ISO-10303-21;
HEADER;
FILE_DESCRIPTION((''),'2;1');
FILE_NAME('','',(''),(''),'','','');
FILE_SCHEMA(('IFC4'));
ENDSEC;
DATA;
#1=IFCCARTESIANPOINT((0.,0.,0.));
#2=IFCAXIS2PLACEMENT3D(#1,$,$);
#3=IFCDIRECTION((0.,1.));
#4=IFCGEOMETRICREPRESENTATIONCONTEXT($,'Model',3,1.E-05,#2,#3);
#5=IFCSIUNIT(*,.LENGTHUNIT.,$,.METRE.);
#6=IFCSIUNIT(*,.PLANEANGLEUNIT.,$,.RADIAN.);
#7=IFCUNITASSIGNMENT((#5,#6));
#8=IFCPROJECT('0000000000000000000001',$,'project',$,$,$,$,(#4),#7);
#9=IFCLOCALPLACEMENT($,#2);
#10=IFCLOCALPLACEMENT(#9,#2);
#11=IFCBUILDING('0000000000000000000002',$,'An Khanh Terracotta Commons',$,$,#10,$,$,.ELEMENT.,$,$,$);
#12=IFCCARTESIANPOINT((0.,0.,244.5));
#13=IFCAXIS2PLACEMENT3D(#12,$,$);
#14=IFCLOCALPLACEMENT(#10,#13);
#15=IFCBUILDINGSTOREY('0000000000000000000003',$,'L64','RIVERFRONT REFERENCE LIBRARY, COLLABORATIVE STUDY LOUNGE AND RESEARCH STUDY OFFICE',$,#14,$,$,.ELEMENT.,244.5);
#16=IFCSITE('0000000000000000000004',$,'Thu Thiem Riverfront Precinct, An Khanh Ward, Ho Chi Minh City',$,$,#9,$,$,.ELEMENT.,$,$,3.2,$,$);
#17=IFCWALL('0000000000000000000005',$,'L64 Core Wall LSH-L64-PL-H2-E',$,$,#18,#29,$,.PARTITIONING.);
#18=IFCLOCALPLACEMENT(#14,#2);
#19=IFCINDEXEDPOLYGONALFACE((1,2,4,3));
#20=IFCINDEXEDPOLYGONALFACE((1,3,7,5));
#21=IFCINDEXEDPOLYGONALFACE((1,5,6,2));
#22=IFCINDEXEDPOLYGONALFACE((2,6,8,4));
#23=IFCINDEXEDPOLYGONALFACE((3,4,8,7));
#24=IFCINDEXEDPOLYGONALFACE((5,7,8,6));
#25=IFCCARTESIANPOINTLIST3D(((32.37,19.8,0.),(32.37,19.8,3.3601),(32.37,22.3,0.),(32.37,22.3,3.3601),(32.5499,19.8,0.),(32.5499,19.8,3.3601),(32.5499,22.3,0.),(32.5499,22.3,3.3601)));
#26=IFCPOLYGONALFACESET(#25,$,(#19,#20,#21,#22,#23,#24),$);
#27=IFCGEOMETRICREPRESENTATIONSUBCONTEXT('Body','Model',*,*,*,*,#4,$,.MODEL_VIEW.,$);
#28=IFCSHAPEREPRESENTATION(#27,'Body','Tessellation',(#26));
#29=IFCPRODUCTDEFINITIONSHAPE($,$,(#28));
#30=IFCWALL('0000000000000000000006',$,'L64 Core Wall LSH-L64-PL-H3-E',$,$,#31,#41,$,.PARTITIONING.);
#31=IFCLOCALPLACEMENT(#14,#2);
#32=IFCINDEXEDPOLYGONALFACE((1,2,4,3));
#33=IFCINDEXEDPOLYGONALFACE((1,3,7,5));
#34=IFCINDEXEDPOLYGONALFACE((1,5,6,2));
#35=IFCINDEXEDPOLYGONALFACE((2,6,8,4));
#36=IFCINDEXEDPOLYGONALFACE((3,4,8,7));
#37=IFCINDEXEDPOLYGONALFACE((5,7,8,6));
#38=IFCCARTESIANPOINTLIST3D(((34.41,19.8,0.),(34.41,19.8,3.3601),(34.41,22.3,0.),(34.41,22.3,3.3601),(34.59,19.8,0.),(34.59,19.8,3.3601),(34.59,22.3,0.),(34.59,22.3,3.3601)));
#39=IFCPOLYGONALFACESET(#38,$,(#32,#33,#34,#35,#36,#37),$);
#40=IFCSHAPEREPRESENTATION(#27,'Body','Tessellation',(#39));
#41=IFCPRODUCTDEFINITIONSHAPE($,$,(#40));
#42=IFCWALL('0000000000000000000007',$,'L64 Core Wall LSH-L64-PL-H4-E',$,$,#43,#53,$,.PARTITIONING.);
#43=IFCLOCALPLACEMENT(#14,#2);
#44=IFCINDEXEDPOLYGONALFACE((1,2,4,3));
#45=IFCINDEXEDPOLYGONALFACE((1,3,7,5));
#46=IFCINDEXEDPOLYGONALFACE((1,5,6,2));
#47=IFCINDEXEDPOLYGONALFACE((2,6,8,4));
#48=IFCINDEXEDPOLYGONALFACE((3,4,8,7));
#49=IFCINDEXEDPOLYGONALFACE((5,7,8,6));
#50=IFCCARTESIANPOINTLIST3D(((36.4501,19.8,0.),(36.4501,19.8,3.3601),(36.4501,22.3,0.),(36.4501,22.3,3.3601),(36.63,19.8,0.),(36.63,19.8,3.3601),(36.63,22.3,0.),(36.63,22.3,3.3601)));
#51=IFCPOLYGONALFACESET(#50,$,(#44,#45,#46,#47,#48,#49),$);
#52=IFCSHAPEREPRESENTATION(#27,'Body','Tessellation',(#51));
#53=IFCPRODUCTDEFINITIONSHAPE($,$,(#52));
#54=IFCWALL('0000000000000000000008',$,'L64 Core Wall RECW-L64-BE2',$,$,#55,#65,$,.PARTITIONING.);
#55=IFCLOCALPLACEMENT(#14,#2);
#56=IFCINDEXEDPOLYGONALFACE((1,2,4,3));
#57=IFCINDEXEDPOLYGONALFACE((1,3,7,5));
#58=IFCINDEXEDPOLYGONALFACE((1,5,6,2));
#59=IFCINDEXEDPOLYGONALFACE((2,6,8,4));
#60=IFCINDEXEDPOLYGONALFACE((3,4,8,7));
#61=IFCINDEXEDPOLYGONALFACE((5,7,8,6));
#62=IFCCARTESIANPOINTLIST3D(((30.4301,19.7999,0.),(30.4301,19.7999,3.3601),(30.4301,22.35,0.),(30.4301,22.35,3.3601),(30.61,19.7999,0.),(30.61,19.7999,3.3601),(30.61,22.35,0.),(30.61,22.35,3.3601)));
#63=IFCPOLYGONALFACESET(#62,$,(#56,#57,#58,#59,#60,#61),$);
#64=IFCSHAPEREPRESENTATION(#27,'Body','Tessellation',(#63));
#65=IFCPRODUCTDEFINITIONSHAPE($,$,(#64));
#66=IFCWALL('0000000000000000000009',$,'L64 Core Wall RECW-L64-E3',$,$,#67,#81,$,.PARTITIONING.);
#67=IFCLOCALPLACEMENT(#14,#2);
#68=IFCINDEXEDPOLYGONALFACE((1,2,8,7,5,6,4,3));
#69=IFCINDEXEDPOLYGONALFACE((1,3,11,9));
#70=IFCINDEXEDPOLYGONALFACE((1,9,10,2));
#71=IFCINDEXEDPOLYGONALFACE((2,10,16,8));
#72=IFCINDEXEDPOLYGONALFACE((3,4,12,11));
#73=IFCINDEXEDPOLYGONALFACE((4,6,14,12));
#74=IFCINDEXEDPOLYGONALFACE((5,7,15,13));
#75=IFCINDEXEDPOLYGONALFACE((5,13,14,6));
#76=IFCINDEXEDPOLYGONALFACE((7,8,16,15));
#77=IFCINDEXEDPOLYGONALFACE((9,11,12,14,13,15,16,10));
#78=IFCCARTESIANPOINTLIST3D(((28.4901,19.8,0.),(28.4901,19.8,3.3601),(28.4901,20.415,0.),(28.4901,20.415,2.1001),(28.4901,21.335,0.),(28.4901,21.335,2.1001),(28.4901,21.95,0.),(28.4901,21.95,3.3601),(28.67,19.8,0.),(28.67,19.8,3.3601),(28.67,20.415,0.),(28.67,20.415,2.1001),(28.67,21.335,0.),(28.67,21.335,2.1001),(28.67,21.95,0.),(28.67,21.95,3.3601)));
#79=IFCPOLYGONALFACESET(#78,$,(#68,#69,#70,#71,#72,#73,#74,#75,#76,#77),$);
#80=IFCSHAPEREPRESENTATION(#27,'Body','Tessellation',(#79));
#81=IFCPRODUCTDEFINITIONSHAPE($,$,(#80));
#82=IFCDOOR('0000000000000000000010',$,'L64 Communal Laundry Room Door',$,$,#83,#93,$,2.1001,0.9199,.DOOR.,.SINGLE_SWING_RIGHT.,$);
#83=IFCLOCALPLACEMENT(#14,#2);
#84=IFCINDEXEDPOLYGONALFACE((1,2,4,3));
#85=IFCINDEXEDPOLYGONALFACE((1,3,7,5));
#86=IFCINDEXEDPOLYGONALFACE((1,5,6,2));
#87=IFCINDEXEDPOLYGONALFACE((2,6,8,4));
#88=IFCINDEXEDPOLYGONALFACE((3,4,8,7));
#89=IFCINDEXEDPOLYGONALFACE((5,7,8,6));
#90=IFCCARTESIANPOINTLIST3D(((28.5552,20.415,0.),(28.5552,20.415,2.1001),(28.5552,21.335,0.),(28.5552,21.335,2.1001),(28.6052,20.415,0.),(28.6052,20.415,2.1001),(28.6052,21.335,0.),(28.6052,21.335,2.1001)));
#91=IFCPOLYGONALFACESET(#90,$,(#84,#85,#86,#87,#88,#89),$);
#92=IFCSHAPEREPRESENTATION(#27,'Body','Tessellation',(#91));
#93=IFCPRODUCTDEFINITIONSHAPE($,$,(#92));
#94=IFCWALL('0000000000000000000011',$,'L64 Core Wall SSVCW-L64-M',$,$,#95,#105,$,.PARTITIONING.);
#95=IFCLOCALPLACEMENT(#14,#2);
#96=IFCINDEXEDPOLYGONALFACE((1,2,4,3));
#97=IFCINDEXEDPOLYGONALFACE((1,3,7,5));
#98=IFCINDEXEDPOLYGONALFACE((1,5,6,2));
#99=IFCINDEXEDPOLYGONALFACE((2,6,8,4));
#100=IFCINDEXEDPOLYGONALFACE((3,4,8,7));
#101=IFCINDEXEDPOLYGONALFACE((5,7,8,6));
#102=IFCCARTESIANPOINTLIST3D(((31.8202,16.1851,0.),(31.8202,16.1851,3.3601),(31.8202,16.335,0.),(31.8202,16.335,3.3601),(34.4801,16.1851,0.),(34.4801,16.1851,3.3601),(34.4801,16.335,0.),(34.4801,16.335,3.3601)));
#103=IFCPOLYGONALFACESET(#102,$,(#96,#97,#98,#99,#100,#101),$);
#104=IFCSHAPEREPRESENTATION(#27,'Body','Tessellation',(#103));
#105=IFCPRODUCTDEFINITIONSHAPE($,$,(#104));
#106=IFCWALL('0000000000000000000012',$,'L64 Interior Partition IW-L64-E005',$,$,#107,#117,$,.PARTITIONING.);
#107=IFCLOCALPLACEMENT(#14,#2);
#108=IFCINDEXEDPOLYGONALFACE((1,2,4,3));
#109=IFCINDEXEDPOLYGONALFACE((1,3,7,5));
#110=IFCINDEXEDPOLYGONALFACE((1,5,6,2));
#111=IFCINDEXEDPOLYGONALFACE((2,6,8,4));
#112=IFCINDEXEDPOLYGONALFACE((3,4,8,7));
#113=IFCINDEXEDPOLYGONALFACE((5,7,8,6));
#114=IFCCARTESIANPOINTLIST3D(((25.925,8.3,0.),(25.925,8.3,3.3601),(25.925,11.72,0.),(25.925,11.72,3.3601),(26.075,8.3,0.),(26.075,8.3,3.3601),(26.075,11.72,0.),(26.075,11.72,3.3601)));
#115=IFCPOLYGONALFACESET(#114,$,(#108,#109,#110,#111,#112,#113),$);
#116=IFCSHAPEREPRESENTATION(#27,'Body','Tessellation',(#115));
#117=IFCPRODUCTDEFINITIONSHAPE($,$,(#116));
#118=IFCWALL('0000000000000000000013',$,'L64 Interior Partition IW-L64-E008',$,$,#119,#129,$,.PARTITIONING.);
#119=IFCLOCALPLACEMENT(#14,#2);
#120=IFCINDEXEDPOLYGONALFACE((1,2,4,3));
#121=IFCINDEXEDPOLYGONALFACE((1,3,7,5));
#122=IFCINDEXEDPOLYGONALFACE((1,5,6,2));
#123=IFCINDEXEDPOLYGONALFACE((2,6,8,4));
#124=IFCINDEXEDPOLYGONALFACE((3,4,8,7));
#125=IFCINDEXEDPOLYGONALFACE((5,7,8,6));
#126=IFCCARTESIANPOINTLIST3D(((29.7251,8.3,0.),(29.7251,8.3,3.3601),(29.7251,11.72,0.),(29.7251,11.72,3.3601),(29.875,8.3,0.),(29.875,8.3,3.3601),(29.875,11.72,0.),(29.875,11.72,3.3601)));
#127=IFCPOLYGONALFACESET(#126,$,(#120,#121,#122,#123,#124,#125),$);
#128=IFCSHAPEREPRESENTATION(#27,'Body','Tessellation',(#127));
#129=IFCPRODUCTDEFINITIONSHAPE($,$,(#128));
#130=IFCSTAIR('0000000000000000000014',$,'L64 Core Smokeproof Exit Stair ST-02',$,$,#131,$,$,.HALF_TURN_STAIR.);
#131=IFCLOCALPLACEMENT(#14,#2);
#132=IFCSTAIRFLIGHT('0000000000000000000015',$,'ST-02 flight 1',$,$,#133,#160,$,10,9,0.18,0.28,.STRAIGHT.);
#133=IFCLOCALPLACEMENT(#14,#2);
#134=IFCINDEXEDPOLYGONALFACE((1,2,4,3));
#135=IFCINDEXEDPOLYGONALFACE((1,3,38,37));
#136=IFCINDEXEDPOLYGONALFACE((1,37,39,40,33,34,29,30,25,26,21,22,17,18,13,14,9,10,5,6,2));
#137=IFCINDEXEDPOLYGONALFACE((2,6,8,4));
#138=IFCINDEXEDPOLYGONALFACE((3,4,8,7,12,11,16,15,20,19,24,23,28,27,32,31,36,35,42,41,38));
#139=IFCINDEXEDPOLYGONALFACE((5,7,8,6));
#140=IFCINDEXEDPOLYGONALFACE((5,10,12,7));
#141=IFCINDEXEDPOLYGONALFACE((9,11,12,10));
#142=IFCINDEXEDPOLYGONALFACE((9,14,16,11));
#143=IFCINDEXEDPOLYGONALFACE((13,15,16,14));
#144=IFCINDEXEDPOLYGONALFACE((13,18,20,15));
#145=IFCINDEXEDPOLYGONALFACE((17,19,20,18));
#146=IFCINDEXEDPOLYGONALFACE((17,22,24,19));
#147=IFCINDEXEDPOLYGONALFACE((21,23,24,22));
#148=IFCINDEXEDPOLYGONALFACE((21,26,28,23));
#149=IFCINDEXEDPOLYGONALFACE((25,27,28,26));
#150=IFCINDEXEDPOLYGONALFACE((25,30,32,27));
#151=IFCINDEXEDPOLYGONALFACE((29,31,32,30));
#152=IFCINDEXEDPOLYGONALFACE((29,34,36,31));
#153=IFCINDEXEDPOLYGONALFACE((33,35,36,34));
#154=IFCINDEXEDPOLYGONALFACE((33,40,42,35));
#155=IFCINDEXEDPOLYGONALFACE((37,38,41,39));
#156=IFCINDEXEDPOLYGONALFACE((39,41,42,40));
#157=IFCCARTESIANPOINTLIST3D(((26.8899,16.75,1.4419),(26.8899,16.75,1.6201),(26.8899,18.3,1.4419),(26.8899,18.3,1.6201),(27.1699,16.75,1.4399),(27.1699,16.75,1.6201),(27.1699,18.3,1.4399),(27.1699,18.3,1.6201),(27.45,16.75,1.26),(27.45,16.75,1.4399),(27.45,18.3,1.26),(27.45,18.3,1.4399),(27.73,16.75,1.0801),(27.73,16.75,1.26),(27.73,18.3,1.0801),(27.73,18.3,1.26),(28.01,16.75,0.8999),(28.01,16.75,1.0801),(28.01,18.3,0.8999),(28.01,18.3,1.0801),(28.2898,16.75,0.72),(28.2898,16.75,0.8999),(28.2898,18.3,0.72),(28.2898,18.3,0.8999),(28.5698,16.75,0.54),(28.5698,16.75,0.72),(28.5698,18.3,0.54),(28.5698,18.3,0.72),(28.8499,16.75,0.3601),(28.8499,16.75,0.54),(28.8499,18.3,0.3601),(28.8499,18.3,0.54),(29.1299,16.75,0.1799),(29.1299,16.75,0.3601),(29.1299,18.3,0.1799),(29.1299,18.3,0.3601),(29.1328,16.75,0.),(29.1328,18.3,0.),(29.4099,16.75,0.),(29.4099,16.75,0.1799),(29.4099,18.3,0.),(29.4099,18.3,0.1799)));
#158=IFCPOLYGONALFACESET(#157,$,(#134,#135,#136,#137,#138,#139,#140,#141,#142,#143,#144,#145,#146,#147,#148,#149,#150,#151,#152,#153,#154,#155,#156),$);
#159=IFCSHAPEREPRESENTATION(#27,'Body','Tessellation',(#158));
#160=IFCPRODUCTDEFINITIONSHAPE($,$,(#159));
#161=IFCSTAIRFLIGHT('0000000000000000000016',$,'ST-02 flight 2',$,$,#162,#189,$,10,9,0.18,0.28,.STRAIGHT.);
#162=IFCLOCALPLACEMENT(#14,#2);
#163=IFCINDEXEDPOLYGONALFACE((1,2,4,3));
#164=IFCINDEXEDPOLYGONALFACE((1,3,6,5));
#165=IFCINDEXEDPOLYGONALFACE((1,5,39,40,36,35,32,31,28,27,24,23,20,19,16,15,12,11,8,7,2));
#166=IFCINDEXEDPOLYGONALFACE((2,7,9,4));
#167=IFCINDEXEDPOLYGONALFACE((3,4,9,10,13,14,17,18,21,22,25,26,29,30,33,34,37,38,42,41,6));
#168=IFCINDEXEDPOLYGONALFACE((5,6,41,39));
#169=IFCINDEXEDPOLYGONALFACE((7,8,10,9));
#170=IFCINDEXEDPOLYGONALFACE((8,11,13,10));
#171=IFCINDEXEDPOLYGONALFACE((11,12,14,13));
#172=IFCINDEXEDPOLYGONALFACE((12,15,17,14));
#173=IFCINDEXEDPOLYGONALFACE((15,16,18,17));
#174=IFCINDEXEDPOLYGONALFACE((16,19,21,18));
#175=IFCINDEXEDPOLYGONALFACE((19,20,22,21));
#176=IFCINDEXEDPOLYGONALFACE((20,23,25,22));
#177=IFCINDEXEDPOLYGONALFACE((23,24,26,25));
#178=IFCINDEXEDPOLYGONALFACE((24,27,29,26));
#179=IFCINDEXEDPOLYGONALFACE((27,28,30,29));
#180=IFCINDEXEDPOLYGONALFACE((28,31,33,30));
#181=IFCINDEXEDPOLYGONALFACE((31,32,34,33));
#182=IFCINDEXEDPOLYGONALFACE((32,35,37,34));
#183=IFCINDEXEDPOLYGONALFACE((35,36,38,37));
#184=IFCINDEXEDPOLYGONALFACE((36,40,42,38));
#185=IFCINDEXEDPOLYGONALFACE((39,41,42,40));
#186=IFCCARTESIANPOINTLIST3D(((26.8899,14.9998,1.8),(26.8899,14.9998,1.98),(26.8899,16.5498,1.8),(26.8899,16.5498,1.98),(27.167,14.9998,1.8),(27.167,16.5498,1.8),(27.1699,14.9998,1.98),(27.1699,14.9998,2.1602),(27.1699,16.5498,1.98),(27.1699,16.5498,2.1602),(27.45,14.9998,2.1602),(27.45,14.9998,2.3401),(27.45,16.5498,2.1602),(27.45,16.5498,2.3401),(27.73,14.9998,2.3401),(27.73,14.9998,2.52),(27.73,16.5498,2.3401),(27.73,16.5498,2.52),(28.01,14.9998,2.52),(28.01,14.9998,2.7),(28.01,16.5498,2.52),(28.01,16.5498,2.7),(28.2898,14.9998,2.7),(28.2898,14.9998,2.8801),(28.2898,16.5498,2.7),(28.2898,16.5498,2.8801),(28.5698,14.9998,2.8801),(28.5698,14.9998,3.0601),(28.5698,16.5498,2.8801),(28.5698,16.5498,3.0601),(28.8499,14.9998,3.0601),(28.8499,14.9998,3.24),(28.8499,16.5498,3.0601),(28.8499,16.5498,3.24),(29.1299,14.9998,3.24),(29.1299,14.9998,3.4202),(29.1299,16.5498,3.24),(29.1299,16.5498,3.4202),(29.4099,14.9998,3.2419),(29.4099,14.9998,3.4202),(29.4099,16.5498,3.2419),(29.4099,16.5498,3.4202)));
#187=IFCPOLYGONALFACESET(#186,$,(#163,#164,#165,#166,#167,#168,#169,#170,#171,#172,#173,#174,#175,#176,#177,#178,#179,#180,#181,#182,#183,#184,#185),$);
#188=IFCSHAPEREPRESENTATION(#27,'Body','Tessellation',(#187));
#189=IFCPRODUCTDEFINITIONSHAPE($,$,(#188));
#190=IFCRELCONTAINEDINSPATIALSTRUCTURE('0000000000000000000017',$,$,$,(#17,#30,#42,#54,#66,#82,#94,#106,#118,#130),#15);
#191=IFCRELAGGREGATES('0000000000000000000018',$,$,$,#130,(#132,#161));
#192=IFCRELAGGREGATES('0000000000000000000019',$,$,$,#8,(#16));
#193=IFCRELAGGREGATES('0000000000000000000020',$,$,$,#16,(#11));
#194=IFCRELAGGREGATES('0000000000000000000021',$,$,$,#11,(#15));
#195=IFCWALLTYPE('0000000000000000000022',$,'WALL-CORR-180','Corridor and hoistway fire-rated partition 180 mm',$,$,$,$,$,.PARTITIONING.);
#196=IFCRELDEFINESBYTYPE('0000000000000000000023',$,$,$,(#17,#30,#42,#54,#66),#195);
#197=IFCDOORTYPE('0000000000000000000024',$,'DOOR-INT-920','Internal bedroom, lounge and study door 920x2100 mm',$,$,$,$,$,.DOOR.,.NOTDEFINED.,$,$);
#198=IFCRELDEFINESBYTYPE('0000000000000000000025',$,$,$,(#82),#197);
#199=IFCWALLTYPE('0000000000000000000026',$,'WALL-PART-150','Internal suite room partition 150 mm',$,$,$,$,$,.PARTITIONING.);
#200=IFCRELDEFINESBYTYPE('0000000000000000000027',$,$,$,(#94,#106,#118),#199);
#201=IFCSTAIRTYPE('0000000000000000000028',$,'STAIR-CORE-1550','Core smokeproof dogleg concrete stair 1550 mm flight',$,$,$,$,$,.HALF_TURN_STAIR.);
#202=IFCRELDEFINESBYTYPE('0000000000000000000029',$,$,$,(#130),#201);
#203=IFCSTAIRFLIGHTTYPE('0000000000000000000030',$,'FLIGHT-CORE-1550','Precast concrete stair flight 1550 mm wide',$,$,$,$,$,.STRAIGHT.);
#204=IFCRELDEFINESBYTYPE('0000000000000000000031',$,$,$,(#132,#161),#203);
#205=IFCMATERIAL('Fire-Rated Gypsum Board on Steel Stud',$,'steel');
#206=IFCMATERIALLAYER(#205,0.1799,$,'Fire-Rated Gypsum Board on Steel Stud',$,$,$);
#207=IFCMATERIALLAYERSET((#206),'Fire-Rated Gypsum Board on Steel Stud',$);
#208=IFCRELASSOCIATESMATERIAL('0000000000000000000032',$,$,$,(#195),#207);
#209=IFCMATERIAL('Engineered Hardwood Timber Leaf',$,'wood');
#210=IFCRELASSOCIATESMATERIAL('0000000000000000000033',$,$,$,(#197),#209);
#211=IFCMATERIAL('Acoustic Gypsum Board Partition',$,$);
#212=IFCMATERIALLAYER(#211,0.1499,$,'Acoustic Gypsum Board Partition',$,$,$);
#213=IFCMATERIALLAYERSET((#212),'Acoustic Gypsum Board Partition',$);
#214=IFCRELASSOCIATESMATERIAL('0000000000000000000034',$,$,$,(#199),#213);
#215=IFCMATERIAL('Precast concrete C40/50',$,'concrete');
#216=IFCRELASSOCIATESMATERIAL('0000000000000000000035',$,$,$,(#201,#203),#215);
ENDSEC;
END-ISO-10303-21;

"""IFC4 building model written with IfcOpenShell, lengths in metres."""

from ifc_helpers import new_model, si_unit, direction, frame, frame_2d, origin, place, context, subcontext, project, spatial, polyline, rectangle, outline, extrude, material, layer, layer_set, type_object, element, fill, aggregate, save


model = new_model("IFC4")

# Units and contexts
model_context = context("Model", 3, precision=1e-05, world=origin(), true_north=direction((0.0, 1.0)))
body_context = subcontext(model_context, "Body", "Model", "MODEL_VIEW")
ifc_project = project(units=[si_unit("LENGTHUNIT", "METRE"), si_unit("PLANEANGLEUNIT", "RADIAN")], contexts=[model_context])

# Site, building, storey
site_placement = place(None, origin())
site = spatial("IfcSite", under=ifc_project, at=site_placement, Name="Thu Thiem Riverfront Precinct, An Khanh Ward, Ho Chi Minh City", CompositionType="ELEMENT", RefElevation=3.2)
building_placement = place(site_placement, origin())
building = spatial("IfcBuilding", under=site, at=building_placement, Name="An Khanh Terracotta Commons", CompositionType="ELEMENT")
storey_placement = place(building_placement, frame((0.0, 0.0, 244.5)))
storey = spatial("IfcBuildingStorey", under=building, at=storey_placement, Name="L64", Description="RIVERFRONT REFERENCE LIBRARY, COLLABORATIVE STUDY LOUNGE AND RESEARCH STUDY OFFICE", CompositionType="ELEMENT", Elevation=244.5)

# Shared definitions
ifc_material_1 = material(Name="Fire-Rated Gypsum Board on Steel Stud", Category="steel")
ifc_layer_1 = layer(ifc_material_1, 0.1799, Name="Fire-Rated Gypsum Board on Steel Stud")
ifc_layer_set_1 = layer_set([ifc_layer_1], Name="Fire-Rated Gypsum Board on Steel Stud")
wall_type_1 = type_object("IfcWallType", Name="WALL-CORR-180", Description="Corridor and hoistway fire-rated partition 180 mm", PredefinedType="PARTITIONING", material=ifc_layer_set_1)

# Walls
for number, where, z_axis, x_axis, name in (
    (1, (32.46, 19.8, 0.0), (0.0, 0.0, 1.0), (0.0, 1.0, 0.0), "L64 Core Wall LSH-L64-PL-H2-E"),
    (2, (34.5, 19.8, 0.0), (0.0, 0.0, 1.0), (0.0, 1.0, 0.0), "L64 Core Wall LSH-L64-PL-H3-E"),
    (3, (36.54, 19.8, 0.0), (0.0, 0.0, 1.0), (0.0, 1.0, 0.0), "L64 Core Wall LSH-L64-PL-H4-E"),
):
    element("IfcWall", number, at=place(storey_placement, frame(where, z_axis=z_axis, x_axis=x_axis)), inside=storey, type_object=wall_type_1, Name=name, PredefinedType="PARTITIONING", context=body_context, shape_type="SweptSolid", body=[
        extrude(rectangle(XDim=2.5, YDim=0.1799, at=frame_2d((1.25, 0.0))), origin(), (0.0, 0.0, 1.0), 3.3601),
    ])
wall_1_placement = place(storey_placement, frame((30.52, 19.8, 0.0), z_axis=(0.0, 0.0, 1.0), x_axis=(0.0, 1.0, 0.0)))
element("IfcWall", 4, at=wall_1_placement, inside=storey, type_object=wall_type_1, Name="L64 Core Wall RECW-L64-BE2", PredefinedType="PARTITIONING", context=body_context, shape_type="SweptSolid", body=[
    extrude(rectangle(XDim=2.55, YDim=0.1799, at=frame_2d((1.2749, 0.0))), origin(), (0.0, 0.0, 1.0), 3.3601),
])

# Wall, opening, door
wall_2_placement = place(storey_placement, frame((28.5801, 19.8, 0.0), z_axis=(0.0, 0.0, 1.0), x_axis=(0.0, 1.0, 0.0)))
wall_2 = element("IfcWall", 5, at=wall_2_placement, inside=storey, type_object=wall_type_1, Name="L64 Core Wall RECW-L64-E3", PredefinedType="PARTITIONING", context=body_context, shape_type="SweptSolid", body=[
    extrude(rectangle(XDim=2.1499, YDim=0.1799, at=frame_2d((1.075, 0.0))), origin(), (0.0, 0.0, 1.0), 3.3601),
])
opening_1_placement = place(wall_2_placement, frame((0.615, 0.0, 0.0)))
opening_1 = element("IfcOpeningElement", 6, at=opening_1_placement, cuts=wall_2, PredefinedType="OPENING", context=body_context, shape_type="SweptSolid", body=[
    extrude(rectangle(XDim=0.9199, YDim=2.1001, at=frame_2d((0.46, 1.05))), frame((0.0, 0.0999, 0.0), z_axis=(0.0, -1.0, 0.0), x_axis=(1.0, 0.0, 0.0)), (0.0, 0.0, 1.0), 0.2),
])
ifc_material_2 = material(Name="Engineered Hardwood Timber Leaf", Category="wood")
door_type_1 = type_object("IfcDoorType", Name="DOOR-INT-920", Description="Internal bedroom, lounge and study door 920x2100 mm", OperationType="NOTDEFINED", PredefinedType="DOOR", material=ifc_material_2)
door_1_placement = place(opening_1_placement, origin())
door_1 = element("IfcDoor", 7, at=door_1_placement, inside=storey, type_object=door_type_1, Name="L64 Communal Laundry Room Door", OperationType="SINGLE_SWING_RIGHT", OverallHeight=2.1001, OverallWidth=0.9199, PredefinedType="DOOR", context=body_context, shape_type="SweptSolid", body=[
    extrude(rectangle(XDim=0.9199, YDim=2.1001, at=frame_2d((0.46, 1.05))), frame((0.0, 0.0249, 0.0), z_axis=(0.0, -1.0, 0.0), x_axis=(1.0, 0.0, 0.0)), (0.0, 0.0, 1.0), 0.05),
])
fill(opening_1, door_1)

# Walls
ifc_material_3 = material(Name="Acoustic Gypsum Board Partition")
ifc_layer_2 = layer(ifc_material_3, 0.1499, Name="Acoustic Gypsum Board Partition")
ifc_layer_set_2 = layer_set([ifc_layer_2], Name="Acoustic Gypsum Board Partition")
wall_type_2 = type_object("IfcWallType", Name="WALL-PART-150", Description="Internal suite room partition 150 mm", PredefinedType="PARTITIONING", material=ifc_layer_set_2)
wall_3_placement = place(storey_placement, frame((31.8201, 16.26, 0.0), z_axis=(0.0, 0.0, 1.0), x_axis=(1.0, 0.0, 0.0)))
element("IfcWall", 8, at=wall_3_placement, inside=storey, type_object=wall_type_2, Name="L64 Core Wall SSVCW-L64-M", PredefinedType="PARTITIONING", context=body_context, shape_type="SweptSolid", body=[
    extrude(rectangle(XDim=2.6599, YDim=0.1499, at=frame_2d((1.3301, 0.0))), origin(), (0.0, 0.0, 1.0), 3.3601),
])
for number, where, z_axis, x_axis, name in (
    (9, (26.0, 8.3, 0.0), (0.0, 0.0, 1.0), (0.0, 1.0, 0.0), "L64 Interior Partition IW-L64-E005"),
    (10, (29.8, 8.3, 0.0), (0.0, 0.0, 1.0), (0.0, 1.0, 0.0), "L64 Interior Partition IW-L64-E008"),
):
    element("IfcWall", number, at=place(storey_placement, frame(where, z_axis=z_axis, x_axis=x_axis)), inside=storey, type_object=wall_type_2, Name=name, PredefinedType="PARTITIONING", context=body_context, shape_type="SweptSolid", body=[
        extrude(rectangle(XDim=3.4199, YDim=0.1499, at=frame_2d((1.71, 0.0))), origin(), (0.0, 0.0, 1.0), 3.3601),
    ])

# Stair, stair flights
ifc_material_4 = material(Name="Precast concrete C40/50", Category="concrete")
stair_type = type_object("IfcStairType", Name="STAIR-CORE-1550", Description="Core smokeproof dogleg concrete stair 1550 mm flight", PredefinedType="HALF_TURN_STAIR", material=ifc_material_4)
stair_placement = place(storey_placement, origin())
stair = element("IfcStair", 11, at=stair_placement, inside=storey, type_object=stair_type, Name="L64 Core Smokeproof Exit Stair ST-02", PredefinedType="HALF_TURN_STAIR")
stair_flight_type = type_object("IfcStairFlightType", Name="FLIGHT-CORE-1550", Description="Precast concrete stair flight 1550 mm wide", PredefinedType="STRAIGHT", material=ifc_material_4)
stair_flight_1_placement = place(storey_placement, frame((29.4099, 17.5249, 0.0), z_axis=(0.0, 0.0, 1.0), x_axis=(-1.0, 0.0, 0.0)))
stair_flight_1 = element("IfcStairFlight", 12, at=stair_flight_1_placement, type_object=stair_flight_type, Name="ST-02 flight 1", NumberOfRisers=10, NumberOfTreads=9, PredefinedType="STRAIGHT", RiserHeight=0.18, TreadLength=0.28, context=body_context, shape_type="SweptSolid", body=[
    extrude(outline(polyline([(0.0, 0.0), (0.0, 0.1799), (0.28, 0.1799), (0.28, 0.3601), (0.5601, 0.3601), (0.5601, 0.54), (0.8401, 0.54), (0.8401, 0.72), (1.1201, 0.72), (1.1201, 0.8999), (1.3999, 0.8999), (1.3999, 1.0801), (1.6799, 1.0801), (1.6799, 1.26), (1.96, 1.26), (1.96, 1.4399), (2.24, 1.4399), (2.24, 1.6201), (2.52, 1.6201), (2.52, 1.8), (2.52, 1.4419), (0.2771, 0.0), (0.0, 0.0)])), frame((0.0, 0.7749, 0.0), z_axis=(0.0, -1.0, 0.0), x_axis=(1.0, 0.0, 0.0)), (0.0, 0.0, 1.0), 1.55),
])
stair_flight_2_placement = place(storey_placement, frame((26.8899, 15.7749, 1.8), z_axis=(0.0, 0.0, 1.0), x_axis=(1.0, 0.0, 0.0)))
stair_flight_2 = element("IfcStairFlight", 13, at=stair_flight_2_placement, type_object=stair_flight_type, Name="ST-02 flight 2", NumberOfRisers=10, NumberOfTreads=9, PredefinedType="STRAIGHT", RiserHeight=0.18, TreadLength=0.28, context=body_context, shape_type="SweptSolid", body=[
    extrude(outline(polyline([(0.0, 0.0), (0.0, 0.1799), (0.28, 0.1799), (0.28, 0.3601), (0.5601, 0.3601), (0.5601, 0.54), (0.8401, 0.54), (0.8401, 0.72), (1.1201, 0.72), (1.1201, 0.8999), (1.3999, 0.8999), (1.3999, 1.0801), (1.6799, 1.0801), (1.6799, 1.26), (1.96, 1.26), (1.96, 1.4399), (2.24, 1.4399), (2.24, 1.6201), (2.52, 1.6201), (2.52, 1.8), (2.52, 1.4419), (0.2771, 0.0), (0.0, 0.0)])), frame((0.0, 0.7749, 0.0), z_axis=(0.0, -1.0, 0.0), x_axis=(1.0, 0.0, 0.0)), (0.0, 0.0, 1.0), 1.55),
])
aggregate(stair, [stair_flight_1, stair_flight_2])

save(model, "model.ifc")
